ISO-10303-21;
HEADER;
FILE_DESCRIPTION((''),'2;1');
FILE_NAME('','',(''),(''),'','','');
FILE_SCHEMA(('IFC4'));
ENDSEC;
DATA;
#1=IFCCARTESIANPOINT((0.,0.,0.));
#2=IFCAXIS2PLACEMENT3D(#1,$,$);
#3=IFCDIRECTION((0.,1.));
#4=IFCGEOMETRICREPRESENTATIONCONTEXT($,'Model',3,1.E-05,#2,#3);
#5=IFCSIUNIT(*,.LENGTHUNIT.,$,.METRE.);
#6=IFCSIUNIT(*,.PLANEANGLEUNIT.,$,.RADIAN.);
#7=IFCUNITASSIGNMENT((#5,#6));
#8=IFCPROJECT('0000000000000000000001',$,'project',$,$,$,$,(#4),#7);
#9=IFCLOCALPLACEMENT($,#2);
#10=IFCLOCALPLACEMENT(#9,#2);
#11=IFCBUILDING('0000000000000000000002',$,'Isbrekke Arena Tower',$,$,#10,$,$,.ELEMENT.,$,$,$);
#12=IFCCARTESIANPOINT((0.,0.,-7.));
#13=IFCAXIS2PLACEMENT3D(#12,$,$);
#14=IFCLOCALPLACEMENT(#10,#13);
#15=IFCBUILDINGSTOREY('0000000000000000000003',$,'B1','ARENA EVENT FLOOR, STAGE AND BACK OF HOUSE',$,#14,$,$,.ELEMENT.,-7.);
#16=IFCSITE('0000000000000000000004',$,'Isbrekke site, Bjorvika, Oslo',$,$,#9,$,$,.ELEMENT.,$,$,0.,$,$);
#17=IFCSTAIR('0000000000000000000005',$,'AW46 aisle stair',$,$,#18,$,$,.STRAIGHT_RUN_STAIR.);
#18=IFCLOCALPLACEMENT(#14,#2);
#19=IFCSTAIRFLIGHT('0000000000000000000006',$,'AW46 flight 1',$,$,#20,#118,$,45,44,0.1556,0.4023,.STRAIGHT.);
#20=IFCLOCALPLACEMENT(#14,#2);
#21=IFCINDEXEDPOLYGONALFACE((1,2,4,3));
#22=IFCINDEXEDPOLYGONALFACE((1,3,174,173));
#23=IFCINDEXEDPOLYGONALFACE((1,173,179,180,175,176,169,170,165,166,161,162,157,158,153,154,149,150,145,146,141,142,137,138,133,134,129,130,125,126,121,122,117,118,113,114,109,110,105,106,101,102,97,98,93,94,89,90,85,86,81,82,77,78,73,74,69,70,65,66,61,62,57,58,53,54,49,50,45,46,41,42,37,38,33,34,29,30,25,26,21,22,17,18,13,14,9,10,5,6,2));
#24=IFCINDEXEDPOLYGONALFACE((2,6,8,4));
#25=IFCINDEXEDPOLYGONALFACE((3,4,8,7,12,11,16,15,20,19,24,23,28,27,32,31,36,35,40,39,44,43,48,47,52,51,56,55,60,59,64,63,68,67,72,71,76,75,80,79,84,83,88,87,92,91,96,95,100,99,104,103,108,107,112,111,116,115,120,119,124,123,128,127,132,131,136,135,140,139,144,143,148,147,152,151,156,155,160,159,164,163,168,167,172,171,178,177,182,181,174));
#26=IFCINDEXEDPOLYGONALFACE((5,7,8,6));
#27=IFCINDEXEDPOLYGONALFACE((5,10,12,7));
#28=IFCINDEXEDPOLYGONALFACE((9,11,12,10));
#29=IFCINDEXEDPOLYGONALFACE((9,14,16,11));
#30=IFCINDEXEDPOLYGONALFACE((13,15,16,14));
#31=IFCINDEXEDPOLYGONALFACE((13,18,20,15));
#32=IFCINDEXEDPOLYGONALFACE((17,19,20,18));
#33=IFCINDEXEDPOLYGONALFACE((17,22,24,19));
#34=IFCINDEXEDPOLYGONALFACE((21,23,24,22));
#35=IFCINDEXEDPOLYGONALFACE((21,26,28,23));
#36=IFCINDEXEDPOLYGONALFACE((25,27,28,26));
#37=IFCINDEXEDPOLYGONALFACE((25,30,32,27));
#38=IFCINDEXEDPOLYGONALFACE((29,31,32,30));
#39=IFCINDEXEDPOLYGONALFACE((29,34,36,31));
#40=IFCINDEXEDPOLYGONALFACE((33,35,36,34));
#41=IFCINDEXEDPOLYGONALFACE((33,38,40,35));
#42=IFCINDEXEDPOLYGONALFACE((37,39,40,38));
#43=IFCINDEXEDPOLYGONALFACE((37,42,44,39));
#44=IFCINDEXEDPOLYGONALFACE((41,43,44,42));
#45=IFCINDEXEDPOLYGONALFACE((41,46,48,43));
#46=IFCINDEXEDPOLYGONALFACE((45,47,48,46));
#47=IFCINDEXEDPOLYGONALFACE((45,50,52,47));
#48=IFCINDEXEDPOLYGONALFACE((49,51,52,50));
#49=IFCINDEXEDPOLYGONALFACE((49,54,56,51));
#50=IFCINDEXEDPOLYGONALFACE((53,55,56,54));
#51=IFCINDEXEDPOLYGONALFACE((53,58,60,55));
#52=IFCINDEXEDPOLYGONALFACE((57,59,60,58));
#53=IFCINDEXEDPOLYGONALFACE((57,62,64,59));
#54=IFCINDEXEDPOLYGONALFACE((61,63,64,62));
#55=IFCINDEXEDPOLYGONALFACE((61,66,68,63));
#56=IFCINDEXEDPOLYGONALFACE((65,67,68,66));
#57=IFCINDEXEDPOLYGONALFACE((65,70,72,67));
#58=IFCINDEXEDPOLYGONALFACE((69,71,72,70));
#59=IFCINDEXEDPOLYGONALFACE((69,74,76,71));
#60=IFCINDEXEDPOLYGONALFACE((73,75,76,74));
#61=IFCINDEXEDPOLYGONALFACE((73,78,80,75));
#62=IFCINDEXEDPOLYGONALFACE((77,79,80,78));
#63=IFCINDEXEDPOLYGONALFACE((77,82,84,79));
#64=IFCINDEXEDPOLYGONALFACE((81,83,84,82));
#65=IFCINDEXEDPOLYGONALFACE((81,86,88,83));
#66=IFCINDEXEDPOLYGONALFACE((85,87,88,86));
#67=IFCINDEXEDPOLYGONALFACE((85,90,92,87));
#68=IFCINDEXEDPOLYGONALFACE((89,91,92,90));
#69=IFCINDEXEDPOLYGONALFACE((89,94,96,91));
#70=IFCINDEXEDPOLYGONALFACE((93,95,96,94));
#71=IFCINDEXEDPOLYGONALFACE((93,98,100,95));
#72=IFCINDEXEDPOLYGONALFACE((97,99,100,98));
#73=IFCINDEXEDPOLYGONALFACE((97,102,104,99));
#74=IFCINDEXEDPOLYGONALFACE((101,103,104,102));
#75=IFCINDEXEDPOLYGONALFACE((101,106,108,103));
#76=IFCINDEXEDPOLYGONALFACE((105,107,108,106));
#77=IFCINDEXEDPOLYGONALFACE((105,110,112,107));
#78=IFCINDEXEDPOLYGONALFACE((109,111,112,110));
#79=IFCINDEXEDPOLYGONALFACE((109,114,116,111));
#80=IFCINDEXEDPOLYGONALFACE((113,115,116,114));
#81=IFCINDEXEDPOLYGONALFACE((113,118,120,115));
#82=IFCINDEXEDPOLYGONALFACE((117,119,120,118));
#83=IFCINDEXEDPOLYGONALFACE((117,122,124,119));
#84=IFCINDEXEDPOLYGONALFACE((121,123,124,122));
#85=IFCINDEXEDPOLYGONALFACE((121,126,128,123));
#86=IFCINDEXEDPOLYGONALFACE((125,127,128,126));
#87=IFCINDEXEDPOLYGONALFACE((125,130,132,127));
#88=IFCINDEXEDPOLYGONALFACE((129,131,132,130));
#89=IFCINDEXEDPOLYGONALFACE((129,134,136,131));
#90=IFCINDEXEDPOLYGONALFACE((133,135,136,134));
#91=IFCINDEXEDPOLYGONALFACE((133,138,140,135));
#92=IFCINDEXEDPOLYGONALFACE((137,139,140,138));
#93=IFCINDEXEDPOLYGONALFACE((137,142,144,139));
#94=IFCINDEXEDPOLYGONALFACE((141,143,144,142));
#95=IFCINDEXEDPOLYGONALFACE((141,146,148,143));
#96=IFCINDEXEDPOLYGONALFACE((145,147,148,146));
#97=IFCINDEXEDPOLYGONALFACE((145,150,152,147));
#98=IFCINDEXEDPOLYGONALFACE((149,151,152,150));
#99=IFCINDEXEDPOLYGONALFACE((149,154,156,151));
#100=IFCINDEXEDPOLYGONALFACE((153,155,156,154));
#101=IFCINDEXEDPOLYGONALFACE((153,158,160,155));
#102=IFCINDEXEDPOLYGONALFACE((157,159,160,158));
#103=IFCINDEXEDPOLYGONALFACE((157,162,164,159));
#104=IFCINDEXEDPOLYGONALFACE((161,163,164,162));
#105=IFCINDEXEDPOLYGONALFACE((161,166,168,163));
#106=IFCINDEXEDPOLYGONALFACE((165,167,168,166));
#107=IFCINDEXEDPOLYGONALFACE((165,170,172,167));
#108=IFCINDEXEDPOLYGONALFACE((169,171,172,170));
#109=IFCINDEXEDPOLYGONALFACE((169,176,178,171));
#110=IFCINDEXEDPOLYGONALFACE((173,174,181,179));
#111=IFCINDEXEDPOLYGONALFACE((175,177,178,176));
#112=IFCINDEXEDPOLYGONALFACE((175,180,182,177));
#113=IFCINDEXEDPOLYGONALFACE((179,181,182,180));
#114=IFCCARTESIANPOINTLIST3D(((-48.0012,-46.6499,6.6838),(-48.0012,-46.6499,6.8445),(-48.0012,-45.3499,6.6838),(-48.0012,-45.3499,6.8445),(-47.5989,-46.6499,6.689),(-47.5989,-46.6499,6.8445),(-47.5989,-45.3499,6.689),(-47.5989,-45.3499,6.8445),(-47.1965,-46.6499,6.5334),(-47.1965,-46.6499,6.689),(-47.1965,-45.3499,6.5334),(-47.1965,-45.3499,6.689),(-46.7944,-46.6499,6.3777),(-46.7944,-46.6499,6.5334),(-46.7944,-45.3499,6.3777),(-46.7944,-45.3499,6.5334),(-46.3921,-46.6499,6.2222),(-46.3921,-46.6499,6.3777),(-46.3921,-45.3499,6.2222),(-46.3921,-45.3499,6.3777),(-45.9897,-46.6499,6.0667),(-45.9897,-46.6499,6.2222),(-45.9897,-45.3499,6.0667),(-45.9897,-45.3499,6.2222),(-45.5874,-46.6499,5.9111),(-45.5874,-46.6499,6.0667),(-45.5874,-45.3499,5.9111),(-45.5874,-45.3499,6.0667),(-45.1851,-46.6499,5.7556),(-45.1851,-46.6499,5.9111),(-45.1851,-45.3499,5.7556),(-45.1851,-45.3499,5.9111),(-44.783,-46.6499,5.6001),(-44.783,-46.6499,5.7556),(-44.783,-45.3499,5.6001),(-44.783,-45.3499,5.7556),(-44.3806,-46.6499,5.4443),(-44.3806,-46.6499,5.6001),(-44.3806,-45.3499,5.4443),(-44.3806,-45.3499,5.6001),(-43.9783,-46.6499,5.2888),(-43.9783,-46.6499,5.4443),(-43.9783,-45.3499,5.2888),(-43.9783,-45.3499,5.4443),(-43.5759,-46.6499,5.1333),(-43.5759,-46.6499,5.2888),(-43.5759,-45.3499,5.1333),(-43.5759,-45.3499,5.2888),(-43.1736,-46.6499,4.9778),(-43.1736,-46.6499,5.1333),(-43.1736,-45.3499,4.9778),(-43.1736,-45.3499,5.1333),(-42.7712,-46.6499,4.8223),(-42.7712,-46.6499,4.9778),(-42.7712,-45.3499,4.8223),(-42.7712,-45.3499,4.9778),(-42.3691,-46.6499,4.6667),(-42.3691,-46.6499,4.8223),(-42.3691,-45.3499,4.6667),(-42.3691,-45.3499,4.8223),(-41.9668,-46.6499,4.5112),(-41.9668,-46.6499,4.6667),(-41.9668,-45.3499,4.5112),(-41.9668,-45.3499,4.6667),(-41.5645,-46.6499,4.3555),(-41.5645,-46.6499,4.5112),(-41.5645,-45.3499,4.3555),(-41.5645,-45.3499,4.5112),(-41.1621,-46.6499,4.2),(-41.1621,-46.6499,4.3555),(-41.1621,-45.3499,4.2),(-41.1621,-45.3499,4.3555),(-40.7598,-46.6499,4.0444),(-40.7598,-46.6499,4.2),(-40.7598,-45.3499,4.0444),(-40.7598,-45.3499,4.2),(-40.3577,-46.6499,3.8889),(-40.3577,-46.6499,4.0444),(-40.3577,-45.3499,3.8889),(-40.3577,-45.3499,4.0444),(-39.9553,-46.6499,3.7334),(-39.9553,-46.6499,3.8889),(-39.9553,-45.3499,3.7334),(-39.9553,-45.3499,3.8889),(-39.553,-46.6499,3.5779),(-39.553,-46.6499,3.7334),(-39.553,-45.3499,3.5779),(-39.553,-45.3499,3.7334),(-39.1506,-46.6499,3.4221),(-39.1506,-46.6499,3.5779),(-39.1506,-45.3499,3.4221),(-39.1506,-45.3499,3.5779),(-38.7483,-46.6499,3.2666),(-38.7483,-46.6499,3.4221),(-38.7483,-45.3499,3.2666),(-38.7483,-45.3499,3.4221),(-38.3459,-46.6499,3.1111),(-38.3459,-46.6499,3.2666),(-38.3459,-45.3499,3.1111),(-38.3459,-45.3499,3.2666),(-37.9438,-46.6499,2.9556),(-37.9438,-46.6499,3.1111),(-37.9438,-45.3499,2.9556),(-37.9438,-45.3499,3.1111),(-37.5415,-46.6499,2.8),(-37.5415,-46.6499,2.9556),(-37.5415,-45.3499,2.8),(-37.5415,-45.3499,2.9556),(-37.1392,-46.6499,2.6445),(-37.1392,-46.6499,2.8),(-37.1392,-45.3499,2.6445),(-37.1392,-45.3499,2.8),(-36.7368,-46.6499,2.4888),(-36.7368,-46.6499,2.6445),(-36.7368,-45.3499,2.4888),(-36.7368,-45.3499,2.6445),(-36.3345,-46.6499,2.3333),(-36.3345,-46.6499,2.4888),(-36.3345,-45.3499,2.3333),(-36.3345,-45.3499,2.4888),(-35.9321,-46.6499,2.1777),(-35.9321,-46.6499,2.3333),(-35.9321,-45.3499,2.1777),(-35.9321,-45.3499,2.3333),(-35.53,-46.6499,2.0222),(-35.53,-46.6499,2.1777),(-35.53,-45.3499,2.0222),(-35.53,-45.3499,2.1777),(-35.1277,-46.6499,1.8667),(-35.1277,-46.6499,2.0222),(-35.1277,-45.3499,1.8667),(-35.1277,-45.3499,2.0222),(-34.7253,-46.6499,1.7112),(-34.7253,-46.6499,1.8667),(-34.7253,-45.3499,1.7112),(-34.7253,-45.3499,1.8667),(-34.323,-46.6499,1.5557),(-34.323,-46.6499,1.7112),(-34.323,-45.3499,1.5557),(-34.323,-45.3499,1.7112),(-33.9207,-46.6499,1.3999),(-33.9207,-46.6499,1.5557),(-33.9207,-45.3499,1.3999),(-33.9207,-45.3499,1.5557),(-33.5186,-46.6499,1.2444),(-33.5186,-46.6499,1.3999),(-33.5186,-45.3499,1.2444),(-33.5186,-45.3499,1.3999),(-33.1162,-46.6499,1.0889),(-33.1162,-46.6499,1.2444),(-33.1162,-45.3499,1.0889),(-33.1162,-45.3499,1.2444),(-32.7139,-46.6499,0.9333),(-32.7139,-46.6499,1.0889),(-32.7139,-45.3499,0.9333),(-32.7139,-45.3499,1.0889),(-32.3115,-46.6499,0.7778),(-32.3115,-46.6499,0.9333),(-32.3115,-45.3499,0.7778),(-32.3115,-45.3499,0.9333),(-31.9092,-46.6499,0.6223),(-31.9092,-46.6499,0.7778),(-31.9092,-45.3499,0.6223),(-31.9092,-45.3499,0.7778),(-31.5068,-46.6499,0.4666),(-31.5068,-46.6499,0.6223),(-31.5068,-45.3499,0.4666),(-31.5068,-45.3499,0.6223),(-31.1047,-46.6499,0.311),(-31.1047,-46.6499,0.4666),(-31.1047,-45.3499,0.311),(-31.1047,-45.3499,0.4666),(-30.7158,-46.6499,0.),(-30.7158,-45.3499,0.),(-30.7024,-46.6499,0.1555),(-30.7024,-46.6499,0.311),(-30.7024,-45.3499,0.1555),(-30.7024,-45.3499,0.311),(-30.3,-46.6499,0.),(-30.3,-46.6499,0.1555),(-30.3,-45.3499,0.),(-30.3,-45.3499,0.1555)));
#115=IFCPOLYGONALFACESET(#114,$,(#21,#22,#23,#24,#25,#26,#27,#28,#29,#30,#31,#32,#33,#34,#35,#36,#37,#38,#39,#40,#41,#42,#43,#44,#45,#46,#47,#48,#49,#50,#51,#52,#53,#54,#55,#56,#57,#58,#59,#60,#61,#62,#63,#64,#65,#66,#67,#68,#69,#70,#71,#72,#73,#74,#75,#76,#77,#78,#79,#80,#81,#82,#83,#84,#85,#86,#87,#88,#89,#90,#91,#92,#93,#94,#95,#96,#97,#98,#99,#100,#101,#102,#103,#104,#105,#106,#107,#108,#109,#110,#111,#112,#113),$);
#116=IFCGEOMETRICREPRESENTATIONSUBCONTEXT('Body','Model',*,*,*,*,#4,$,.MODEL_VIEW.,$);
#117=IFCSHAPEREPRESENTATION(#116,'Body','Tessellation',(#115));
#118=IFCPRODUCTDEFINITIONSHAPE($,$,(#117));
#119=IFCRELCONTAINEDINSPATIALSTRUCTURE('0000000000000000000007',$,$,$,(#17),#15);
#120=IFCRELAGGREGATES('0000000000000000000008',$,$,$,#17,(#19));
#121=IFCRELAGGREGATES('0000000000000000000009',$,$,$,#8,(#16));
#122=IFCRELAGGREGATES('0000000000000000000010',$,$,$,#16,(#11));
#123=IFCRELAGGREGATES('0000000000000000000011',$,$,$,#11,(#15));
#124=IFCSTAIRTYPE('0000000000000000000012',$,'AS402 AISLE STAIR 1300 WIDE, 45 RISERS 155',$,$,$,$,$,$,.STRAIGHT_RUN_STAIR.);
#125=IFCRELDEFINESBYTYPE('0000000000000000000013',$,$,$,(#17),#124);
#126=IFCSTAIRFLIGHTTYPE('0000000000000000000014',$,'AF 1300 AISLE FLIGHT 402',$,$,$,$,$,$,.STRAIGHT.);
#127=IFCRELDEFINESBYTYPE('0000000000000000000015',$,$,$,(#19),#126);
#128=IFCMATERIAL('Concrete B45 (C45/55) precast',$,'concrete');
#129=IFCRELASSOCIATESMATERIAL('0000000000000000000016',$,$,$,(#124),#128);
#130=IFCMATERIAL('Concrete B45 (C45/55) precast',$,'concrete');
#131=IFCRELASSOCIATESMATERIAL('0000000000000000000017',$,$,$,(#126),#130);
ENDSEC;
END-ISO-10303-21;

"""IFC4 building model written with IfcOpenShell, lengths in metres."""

from ifc_helpers import new_model, si_unit, direction, frame, origin, place, context, subcontext, project, spatial, polyline, outline, extrude, material, type_object, element, aggregate, save


model = new_model("IFC4")

# Units and contexts
model_context = context("Model", 3, precision=1e-05, world=origin(), true_north=direction((0.0, 1.0)))
body_context = subcontext(model_context, "Body", "Model", "MODEL_VIEW")
ifc_project = project(units=[si_unit("LENGTHUNIT", "METRE"), si_unit("PLANEANGLEUNIT", "RADIAN")], contexts=[model_context])

# Site, building, storey
site_placement = place(None, origin())
site = spatial("IfcSite", under=ifc_project, at=site_placement, Name="Isbrekke site, Bjorvika, Oslo", CompositionType="ELEMENT", RefElevation=0.0)
building_placement = place(site_placement, origin())
building = spatial("IfcBuilding", under=site, at=building_placement, Name="Isbrekke Arena Tower", CompositionType="ELEMENT")
storey_placement = place(building_placement, frame((0.0, 0.0, -7.0)))
storey = spatial("IfcBuildingStorey", under=building, at=storey_placement, Name="B1", Description="ARENA EVENT FLOOR, STAGE AND BACK OF HOUSE", CompositionType="ELEMENT", Elevation=-7.0)

# Stair, stair flight
ifc_material_1 = material(Name="Concrete B45 (C45/55) precast", Category="concrete")
stair_type_1 = type_object("IfcStairType", Name="AS402 AISLE STAIR 1300 WIDE, 45 RISERS 155", PredefinedType="STRAIGHT_RUN_STAIR", material=ifc_material_1)
stair_1_placement = place(storey_placement, origin())
stair_1 = element("IfcStair", 1, at=stair_1_placement, inside=storey, type_object=stair_type_1, Name="AW46 aisle stair", PredefinedType="STRAIGHT_RUN_STAIR")
ifc_material_2 = material(Name="Concrete B45 (C45/55) precast", Category="concrete")
stair_flight_type_1 = type_object("IfcStairFlightType", Name="AF 1300 AISLE FLIGHT 402", PredefinedType="STRAIGHT", material=ifc_material_2)
stair_flight_1_placement = place(storey_placement, frame((-30.3, -46.0, 0.0), z_axis=(0.0, 0.0, 1.0), x_axis=(-1.0, 0.0, 0.0)))
stair_flight_1 = element("IfcStairFlight", 2, at=stair_flight_1_placement, type_object=stair_flight_type_1, Name="AW46 flight 1", NumberOfRisers=45, NumberOfTreads=44, PredefinedType="STRAIGHT", RiserHeight=0.1556, TreadLength=0.4023, context=body_context, shape_type="SweptSolid", body=[
    extrude(outline(polyline([(0.0, 0.0), (0.0, 0.1555), (0.4023, 0.1555), (0.4023, 0.311), (0.8047, 0.311), (0.8047, 0.4666), (1.2068, 0.4666), (1.2068, 0.6223), (1.6091, 0.6223), (1.6091, 0.7778), (2.0115, 0.7778), (2.0115, 0.9333), (2.4138, 0.9333), (2.4138, 1.0889), (2.8162, 1.0889), (2.8162, 1.2444), (3.2185, 1.2444), (3.2185, 1.3999), (3.6206, 1.3999), (3.6206, 1.5557), (4.0229, 1.5557), (4.0229, 1.7112), (4.4253, 1.7112), (4.4253, 1.8667), (4.8276, 1.8667), (4.8276, 2.0222), (5.23, 2.0222), (5.23, 2.1777), (5.6321, 2.1777), (5.6321, 2.3333), (6.0344, 2.3333), (6.0344, 2.4888), (6.4368, 2.4888), (6.4368, 2.6445), (6.8391, 2.6445), (6.8391, 2.8), (7.2415, 2.8), (7.2415, 2.9556), (7.6438, 2.9556), (7.6438, 3.1111), (8.0459, 3.1111), (8.0459, 3.2666), (8.4482, 3.2666), (8.4482, 3.4221), (8.8506, 3.4221), (8.8506, 3.5779), (9.2529, 3.5779), (9.2529, 3.7334), (9.6553, 3.7334), (9.6553, 3.8889), (10.0576, 3.8889), (10.0576, 4.0444), (10.4597, 4.0444), (10.4597, 4.2), (10.8621, 4.2), (10.8621, 4.3555), (11.2644, 4.3555), (11.2644, 4.5112), (11.6667, 4.5112), (11.6667, 4.6667), (12.0691, 4.6667), (12.0691, 4.8223), (12.4712, 4.8223), (12.4712, 4.9778), (12.8735, 4.9778), (12.8735, 5.1333), (13.2759, 5.1333), (13.2759, 5.2888), (13.6782, 5.2888), (13.6782, 5.4443), (14.0806, 5.4443), (14.0806, 5.6001), (14.4829, 5.6001), (14.4829, 5.7556), (14.885, 5.7556), (14.885, 5.9111), (15.2874, 5.9111), (15.2874, 6.0667), (15.6897, 6.0667), (15.6897, 6.2222), (16.092, 6.2222), (16.092, 6.3777), (16.4944, 6.3777), (16.4944, 6.5334), (16.8965, 6.5334), (16.8965, 6.689), (17.2988, 6.689), (17.2988, 6.8445), (17.7012, 6.8445), (17.7012, 7.0), (17.7012, 6.6838), (0.4158, 0.0), (0.0, 0.0)])), frame((0.0, 0.6499, 0.0), z_axis=(0.0, -1.0, 0.0), x_axis=(1.0, 0.0, 0.0)), (0.0, 0.0, 1.0), 1.3),
])
aggregate(stair_1, [stair_flight_1])

save(model, "model.ifc")
